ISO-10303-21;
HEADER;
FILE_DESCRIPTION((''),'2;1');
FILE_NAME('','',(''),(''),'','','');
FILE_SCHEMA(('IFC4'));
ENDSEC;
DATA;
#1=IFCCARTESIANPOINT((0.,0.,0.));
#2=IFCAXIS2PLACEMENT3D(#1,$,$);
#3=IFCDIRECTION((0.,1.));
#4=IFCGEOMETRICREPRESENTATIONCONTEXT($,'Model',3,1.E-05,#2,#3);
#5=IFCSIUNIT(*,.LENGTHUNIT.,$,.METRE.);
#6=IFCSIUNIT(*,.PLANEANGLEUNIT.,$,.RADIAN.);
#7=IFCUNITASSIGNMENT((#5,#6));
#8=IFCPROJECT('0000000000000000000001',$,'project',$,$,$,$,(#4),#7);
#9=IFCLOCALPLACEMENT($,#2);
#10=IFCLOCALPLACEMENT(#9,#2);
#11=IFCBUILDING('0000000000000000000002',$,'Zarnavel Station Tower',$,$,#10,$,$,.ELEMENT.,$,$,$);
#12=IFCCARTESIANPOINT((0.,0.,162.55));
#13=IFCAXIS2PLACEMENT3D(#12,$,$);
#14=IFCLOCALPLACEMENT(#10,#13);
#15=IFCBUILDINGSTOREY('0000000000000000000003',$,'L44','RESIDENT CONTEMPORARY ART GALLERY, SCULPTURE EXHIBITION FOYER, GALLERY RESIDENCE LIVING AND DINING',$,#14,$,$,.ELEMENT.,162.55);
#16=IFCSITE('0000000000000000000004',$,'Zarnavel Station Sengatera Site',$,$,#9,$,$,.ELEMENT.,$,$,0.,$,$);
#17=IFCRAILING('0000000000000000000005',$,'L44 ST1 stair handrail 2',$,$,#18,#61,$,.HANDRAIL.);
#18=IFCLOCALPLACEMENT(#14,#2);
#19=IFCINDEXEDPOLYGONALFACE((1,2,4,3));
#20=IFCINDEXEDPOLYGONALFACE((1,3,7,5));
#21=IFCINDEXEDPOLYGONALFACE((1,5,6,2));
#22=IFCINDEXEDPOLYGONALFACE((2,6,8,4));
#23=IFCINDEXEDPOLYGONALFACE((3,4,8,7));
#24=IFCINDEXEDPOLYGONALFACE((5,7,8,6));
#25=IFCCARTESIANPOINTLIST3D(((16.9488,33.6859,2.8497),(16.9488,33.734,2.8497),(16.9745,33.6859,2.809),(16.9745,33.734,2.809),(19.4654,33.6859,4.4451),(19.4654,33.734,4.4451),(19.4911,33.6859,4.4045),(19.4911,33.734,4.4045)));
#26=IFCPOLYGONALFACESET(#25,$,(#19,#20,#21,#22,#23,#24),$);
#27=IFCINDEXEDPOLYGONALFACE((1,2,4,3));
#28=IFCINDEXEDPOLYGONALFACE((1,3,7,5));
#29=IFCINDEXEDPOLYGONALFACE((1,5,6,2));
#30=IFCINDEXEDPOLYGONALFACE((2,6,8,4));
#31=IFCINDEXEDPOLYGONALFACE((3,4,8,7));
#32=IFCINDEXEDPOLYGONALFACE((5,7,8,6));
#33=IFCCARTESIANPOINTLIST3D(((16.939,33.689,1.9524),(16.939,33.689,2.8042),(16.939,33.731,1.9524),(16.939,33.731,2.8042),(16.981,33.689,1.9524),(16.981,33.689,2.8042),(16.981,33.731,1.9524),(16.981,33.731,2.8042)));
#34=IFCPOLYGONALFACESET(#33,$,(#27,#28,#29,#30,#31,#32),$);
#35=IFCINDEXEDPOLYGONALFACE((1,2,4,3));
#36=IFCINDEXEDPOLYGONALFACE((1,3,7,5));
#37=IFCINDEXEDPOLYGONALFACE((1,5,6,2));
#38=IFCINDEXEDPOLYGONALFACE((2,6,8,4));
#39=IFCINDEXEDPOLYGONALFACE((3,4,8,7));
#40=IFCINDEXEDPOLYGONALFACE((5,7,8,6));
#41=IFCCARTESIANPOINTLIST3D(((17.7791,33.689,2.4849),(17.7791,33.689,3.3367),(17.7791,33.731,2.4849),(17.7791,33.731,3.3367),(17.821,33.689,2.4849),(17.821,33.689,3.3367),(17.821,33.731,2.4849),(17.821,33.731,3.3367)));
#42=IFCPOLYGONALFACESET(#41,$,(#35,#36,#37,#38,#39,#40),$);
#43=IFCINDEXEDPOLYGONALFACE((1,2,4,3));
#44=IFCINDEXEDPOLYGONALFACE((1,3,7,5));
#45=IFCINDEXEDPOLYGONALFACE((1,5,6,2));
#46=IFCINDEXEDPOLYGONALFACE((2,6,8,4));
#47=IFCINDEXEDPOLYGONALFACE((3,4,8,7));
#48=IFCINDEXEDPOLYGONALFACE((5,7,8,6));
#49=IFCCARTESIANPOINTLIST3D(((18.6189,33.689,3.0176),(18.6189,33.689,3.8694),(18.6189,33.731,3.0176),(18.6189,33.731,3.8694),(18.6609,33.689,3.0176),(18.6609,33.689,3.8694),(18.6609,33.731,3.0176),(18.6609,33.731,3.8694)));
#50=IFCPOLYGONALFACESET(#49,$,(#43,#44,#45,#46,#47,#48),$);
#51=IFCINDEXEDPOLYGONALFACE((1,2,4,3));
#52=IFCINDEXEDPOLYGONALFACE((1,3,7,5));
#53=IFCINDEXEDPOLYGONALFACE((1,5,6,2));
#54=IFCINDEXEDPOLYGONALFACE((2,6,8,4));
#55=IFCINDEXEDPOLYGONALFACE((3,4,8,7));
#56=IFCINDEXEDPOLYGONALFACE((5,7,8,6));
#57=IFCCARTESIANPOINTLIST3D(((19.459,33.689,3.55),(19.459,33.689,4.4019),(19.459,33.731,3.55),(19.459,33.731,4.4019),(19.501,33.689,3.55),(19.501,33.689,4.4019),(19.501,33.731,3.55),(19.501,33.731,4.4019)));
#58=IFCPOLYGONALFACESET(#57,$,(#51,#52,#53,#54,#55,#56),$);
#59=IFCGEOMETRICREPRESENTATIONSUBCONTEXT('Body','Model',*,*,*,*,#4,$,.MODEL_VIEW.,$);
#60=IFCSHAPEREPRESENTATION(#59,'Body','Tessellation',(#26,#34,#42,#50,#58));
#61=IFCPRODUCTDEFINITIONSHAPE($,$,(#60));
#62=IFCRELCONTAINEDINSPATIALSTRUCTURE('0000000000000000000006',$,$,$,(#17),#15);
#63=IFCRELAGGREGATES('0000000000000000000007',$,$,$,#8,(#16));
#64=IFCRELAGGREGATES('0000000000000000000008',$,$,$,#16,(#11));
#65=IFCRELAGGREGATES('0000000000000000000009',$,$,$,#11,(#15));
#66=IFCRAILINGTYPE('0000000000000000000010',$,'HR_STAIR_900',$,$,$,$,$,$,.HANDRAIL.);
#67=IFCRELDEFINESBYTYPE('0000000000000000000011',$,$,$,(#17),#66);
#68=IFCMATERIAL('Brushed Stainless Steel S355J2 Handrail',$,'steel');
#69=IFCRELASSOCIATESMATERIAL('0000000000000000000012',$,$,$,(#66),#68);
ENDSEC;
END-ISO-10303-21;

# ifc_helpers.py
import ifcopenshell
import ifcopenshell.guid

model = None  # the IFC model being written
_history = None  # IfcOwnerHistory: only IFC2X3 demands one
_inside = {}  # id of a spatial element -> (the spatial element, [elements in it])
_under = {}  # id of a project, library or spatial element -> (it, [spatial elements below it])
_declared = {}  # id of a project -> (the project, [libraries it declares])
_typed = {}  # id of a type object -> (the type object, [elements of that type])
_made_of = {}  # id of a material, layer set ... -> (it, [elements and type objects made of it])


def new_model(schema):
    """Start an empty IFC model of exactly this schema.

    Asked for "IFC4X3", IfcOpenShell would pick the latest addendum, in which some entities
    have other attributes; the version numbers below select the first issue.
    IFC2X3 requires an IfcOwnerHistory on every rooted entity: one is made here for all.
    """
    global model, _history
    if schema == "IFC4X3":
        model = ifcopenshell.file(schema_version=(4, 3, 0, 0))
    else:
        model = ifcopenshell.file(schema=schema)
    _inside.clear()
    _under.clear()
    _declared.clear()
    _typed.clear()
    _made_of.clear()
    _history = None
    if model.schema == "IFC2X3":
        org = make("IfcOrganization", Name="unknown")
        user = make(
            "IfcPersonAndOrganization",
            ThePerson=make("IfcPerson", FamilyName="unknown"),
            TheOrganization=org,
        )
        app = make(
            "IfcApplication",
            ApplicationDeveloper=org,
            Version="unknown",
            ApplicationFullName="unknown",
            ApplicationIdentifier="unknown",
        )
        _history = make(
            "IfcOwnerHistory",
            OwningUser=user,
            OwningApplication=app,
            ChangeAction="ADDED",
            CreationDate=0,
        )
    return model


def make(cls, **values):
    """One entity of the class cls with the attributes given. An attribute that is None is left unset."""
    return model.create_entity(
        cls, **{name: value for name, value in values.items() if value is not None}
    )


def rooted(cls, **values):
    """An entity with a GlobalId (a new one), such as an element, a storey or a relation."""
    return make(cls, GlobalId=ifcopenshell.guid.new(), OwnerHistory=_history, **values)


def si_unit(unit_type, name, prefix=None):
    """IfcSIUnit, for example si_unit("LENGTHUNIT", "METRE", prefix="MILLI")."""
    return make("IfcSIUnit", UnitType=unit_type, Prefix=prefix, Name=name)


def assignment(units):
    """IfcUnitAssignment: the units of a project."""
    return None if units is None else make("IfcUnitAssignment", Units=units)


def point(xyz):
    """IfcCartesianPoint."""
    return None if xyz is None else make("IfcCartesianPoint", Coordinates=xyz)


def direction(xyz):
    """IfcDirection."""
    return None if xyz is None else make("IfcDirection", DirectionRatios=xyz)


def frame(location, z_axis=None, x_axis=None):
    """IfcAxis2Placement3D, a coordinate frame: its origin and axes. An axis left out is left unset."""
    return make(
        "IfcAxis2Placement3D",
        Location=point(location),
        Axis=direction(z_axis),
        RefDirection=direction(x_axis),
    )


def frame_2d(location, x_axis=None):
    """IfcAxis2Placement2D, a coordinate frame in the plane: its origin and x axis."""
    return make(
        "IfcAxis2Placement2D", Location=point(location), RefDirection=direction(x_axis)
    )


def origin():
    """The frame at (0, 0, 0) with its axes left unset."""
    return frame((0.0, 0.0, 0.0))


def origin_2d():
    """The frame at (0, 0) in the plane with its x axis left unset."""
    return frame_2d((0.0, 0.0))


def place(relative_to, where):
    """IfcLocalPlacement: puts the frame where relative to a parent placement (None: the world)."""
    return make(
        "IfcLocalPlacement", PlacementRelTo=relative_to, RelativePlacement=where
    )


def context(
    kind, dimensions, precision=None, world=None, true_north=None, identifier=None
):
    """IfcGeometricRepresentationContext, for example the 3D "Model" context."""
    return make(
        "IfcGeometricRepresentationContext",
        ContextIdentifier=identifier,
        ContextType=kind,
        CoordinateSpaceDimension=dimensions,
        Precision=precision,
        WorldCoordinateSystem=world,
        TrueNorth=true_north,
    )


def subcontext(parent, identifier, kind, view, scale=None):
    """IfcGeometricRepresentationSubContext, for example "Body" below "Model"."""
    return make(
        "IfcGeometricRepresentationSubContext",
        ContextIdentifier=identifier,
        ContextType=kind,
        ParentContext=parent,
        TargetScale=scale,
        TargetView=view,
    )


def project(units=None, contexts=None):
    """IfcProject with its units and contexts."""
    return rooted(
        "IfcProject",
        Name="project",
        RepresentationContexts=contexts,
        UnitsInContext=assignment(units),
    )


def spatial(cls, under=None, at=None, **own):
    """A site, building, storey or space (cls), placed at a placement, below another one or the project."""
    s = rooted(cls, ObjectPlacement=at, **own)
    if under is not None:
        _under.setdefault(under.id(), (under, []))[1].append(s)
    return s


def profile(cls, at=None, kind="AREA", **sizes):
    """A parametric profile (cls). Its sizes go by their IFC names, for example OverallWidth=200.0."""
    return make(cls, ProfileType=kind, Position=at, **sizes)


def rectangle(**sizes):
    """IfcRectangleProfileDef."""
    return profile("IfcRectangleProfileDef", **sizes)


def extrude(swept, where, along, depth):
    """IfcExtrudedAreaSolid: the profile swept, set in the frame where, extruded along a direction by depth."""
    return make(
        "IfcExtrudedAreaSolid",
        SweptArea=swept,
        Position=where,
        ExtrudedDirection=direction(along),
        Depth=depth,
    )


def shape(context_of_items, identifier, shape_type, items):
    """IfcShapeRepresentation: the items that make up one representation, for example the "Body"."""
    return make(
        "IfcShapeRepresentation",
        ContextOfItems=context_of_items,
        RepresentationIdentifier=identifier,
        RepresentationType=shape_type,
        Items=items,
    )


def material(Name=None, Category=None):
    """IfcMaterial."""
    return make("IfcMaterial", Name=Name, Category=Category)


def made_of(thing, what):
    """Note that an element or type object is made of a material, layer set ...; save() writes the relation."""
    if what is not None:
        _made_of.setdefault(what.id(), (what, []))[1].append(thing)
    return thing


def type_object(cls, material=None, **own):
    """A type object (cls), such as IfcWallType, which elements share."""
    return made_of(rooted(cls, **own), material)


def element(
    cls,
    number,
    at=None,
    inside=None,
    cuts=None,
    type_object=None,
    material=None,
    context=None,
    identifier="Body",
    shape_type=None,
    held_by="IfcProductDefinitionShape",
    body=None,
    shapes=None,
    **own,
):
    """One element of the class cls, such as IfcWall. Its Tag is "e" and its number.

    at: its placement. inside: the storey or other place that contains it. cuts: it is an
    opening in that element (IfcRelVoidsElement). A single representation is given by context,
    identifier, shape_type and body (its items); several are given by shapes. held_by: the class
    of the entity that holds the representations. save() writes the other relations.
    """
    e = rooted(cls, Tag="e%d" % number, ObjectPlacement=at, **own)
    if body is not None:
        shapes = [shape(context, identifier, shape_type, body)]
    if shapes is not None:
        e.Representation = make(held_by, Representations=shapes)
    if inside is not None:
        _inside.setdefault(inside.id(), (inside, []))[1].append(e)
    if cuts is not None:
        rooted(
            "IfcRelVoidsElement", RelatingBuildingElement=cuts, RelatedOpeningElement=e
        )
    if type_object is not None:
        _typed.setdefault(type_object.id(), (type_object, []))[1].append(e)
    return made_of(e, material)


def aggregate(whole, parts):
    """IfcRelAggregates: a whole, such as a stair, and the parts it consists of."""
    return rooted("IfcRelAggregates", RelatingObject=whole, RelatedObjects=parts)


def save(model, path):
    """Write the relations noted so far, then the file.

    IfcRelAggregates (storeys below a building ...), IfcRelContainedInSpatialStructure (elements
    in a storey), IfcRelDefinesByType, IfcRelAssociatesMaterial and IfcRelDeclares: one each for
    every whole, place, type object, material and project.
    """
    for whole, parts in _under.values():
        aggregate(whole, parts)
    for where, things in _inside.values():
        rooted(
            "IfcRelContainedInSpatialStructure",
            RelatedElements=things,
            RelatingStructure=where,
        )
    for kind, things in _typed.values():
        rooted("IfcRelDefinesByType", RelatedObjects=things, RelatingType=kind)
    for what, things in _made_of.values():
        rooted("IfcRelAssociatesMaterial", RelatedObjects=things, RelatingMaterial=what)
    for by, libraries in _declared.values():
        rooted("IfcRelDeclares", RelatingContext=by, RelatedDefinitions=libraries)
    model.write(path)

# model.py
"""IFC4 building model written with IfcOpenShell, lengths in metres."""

from ifc_helpers import new_model, si_unit, direction, frame, origin, origin_2d, place, context, subcontext, project, spatial, rectangle, extrude, material, type_object, element, save


model = new_model("IFC4")

# Units and contexts
model_context = context("Model", 3, precision=1e-05, world=origin(), true_north=direction((0.0, 1.0)))
body_context = subcontext(model_context, "Body", "Model", "MODEL_VIEW")
ifc_project = project(units=[si_unit("LENGTHUNIT", "METRE"), si_unit("PLANEANGLEUNIT", "RADIAN")], contexts=[model_context])

# Site, building, storey
site_placement = place(None, origin())
site = spatial("IfcSite", under=ifc_project, at=site_placement, Name="Zarnavel Station Sengatera Site", CompositionType="ELEMENT", RefElevation=0.0)
building_placement = place(site_placement, origin())
building = spatial("IfcBuilding", under=site, at=building_placement, Name="Zarnavel Station Tower", CompositionType="ELEMENT")
storey_placement = place(building_placement, frame((0.0, 0.0, 162.55)))
storey = spatial("IfcBuildingStorey", under=building, at=storey_placement, Name="L44", Description="RESIDENT CONTEMPORARY ART GALLERY, SCULPTURE EXHIBITION FOYER, GALLERY RESIDENCE LIVING AND DINING", CompositionType="ELEMENT", Elevation=162.55)

# Railing
ifc_material_1 = material(Name="Brushed Stainless Steel S355J2 Handrail", Category="steel")
railing_type_1 = type_object("IfcRailingType", Name="HR_STAIR_900", PredefinedType="HANDRAIL", material=ifc_material_1)
railing_1_placement = place(storey_placement, frame((16.96, 33.71, 1.9524)))
element("IfcRailing", 1, at=railing_1_placement, inside=storey, type_object=railing_type_1, Name="L44 ST1 stair handrail 2", PredefinedType="HANDRAIL", context=body_context, shape_type="SweptSolid", body=[
    extrude(rectangle(XDim=0.0481, YDim=0.0481, at=origin_2d()), frame((0.0017, 0.0, 0.877), z_axis=(0.84457, 0.0, 0.535445), x_axis=(0.0, 1.0, 0.0)), (0.0, 0.0, 1.0), 2.9797),
    extrude(rectangle(XDim=0.042, YDim=0.042, at=origin_2d()), origin(), (0.0, 0.0, 1.0), 0.8518),
    extrude(rectangle(XDim=0.042, YDim=0.042, at=origin_2d()), frame((0.8401, 0.0, 0.5325)), (0.0, 0.0, 1.0), 0.8518),
    extrude(rectangle(XDim=0.042, YDim=0.042, at=origin_2d()), frame((1.6799, 0.0, 1.0652)), (0.0, 0.0, 1.0), 0.8518),
    extrude(rectangle(XDim=0.042, YDim=0.042, at=origin_2d()), frame((2.52, 0.0, 1.5977)), (0.0, 0.0, 1.0), 0.8518),
])

save(model, "model.ifc")
